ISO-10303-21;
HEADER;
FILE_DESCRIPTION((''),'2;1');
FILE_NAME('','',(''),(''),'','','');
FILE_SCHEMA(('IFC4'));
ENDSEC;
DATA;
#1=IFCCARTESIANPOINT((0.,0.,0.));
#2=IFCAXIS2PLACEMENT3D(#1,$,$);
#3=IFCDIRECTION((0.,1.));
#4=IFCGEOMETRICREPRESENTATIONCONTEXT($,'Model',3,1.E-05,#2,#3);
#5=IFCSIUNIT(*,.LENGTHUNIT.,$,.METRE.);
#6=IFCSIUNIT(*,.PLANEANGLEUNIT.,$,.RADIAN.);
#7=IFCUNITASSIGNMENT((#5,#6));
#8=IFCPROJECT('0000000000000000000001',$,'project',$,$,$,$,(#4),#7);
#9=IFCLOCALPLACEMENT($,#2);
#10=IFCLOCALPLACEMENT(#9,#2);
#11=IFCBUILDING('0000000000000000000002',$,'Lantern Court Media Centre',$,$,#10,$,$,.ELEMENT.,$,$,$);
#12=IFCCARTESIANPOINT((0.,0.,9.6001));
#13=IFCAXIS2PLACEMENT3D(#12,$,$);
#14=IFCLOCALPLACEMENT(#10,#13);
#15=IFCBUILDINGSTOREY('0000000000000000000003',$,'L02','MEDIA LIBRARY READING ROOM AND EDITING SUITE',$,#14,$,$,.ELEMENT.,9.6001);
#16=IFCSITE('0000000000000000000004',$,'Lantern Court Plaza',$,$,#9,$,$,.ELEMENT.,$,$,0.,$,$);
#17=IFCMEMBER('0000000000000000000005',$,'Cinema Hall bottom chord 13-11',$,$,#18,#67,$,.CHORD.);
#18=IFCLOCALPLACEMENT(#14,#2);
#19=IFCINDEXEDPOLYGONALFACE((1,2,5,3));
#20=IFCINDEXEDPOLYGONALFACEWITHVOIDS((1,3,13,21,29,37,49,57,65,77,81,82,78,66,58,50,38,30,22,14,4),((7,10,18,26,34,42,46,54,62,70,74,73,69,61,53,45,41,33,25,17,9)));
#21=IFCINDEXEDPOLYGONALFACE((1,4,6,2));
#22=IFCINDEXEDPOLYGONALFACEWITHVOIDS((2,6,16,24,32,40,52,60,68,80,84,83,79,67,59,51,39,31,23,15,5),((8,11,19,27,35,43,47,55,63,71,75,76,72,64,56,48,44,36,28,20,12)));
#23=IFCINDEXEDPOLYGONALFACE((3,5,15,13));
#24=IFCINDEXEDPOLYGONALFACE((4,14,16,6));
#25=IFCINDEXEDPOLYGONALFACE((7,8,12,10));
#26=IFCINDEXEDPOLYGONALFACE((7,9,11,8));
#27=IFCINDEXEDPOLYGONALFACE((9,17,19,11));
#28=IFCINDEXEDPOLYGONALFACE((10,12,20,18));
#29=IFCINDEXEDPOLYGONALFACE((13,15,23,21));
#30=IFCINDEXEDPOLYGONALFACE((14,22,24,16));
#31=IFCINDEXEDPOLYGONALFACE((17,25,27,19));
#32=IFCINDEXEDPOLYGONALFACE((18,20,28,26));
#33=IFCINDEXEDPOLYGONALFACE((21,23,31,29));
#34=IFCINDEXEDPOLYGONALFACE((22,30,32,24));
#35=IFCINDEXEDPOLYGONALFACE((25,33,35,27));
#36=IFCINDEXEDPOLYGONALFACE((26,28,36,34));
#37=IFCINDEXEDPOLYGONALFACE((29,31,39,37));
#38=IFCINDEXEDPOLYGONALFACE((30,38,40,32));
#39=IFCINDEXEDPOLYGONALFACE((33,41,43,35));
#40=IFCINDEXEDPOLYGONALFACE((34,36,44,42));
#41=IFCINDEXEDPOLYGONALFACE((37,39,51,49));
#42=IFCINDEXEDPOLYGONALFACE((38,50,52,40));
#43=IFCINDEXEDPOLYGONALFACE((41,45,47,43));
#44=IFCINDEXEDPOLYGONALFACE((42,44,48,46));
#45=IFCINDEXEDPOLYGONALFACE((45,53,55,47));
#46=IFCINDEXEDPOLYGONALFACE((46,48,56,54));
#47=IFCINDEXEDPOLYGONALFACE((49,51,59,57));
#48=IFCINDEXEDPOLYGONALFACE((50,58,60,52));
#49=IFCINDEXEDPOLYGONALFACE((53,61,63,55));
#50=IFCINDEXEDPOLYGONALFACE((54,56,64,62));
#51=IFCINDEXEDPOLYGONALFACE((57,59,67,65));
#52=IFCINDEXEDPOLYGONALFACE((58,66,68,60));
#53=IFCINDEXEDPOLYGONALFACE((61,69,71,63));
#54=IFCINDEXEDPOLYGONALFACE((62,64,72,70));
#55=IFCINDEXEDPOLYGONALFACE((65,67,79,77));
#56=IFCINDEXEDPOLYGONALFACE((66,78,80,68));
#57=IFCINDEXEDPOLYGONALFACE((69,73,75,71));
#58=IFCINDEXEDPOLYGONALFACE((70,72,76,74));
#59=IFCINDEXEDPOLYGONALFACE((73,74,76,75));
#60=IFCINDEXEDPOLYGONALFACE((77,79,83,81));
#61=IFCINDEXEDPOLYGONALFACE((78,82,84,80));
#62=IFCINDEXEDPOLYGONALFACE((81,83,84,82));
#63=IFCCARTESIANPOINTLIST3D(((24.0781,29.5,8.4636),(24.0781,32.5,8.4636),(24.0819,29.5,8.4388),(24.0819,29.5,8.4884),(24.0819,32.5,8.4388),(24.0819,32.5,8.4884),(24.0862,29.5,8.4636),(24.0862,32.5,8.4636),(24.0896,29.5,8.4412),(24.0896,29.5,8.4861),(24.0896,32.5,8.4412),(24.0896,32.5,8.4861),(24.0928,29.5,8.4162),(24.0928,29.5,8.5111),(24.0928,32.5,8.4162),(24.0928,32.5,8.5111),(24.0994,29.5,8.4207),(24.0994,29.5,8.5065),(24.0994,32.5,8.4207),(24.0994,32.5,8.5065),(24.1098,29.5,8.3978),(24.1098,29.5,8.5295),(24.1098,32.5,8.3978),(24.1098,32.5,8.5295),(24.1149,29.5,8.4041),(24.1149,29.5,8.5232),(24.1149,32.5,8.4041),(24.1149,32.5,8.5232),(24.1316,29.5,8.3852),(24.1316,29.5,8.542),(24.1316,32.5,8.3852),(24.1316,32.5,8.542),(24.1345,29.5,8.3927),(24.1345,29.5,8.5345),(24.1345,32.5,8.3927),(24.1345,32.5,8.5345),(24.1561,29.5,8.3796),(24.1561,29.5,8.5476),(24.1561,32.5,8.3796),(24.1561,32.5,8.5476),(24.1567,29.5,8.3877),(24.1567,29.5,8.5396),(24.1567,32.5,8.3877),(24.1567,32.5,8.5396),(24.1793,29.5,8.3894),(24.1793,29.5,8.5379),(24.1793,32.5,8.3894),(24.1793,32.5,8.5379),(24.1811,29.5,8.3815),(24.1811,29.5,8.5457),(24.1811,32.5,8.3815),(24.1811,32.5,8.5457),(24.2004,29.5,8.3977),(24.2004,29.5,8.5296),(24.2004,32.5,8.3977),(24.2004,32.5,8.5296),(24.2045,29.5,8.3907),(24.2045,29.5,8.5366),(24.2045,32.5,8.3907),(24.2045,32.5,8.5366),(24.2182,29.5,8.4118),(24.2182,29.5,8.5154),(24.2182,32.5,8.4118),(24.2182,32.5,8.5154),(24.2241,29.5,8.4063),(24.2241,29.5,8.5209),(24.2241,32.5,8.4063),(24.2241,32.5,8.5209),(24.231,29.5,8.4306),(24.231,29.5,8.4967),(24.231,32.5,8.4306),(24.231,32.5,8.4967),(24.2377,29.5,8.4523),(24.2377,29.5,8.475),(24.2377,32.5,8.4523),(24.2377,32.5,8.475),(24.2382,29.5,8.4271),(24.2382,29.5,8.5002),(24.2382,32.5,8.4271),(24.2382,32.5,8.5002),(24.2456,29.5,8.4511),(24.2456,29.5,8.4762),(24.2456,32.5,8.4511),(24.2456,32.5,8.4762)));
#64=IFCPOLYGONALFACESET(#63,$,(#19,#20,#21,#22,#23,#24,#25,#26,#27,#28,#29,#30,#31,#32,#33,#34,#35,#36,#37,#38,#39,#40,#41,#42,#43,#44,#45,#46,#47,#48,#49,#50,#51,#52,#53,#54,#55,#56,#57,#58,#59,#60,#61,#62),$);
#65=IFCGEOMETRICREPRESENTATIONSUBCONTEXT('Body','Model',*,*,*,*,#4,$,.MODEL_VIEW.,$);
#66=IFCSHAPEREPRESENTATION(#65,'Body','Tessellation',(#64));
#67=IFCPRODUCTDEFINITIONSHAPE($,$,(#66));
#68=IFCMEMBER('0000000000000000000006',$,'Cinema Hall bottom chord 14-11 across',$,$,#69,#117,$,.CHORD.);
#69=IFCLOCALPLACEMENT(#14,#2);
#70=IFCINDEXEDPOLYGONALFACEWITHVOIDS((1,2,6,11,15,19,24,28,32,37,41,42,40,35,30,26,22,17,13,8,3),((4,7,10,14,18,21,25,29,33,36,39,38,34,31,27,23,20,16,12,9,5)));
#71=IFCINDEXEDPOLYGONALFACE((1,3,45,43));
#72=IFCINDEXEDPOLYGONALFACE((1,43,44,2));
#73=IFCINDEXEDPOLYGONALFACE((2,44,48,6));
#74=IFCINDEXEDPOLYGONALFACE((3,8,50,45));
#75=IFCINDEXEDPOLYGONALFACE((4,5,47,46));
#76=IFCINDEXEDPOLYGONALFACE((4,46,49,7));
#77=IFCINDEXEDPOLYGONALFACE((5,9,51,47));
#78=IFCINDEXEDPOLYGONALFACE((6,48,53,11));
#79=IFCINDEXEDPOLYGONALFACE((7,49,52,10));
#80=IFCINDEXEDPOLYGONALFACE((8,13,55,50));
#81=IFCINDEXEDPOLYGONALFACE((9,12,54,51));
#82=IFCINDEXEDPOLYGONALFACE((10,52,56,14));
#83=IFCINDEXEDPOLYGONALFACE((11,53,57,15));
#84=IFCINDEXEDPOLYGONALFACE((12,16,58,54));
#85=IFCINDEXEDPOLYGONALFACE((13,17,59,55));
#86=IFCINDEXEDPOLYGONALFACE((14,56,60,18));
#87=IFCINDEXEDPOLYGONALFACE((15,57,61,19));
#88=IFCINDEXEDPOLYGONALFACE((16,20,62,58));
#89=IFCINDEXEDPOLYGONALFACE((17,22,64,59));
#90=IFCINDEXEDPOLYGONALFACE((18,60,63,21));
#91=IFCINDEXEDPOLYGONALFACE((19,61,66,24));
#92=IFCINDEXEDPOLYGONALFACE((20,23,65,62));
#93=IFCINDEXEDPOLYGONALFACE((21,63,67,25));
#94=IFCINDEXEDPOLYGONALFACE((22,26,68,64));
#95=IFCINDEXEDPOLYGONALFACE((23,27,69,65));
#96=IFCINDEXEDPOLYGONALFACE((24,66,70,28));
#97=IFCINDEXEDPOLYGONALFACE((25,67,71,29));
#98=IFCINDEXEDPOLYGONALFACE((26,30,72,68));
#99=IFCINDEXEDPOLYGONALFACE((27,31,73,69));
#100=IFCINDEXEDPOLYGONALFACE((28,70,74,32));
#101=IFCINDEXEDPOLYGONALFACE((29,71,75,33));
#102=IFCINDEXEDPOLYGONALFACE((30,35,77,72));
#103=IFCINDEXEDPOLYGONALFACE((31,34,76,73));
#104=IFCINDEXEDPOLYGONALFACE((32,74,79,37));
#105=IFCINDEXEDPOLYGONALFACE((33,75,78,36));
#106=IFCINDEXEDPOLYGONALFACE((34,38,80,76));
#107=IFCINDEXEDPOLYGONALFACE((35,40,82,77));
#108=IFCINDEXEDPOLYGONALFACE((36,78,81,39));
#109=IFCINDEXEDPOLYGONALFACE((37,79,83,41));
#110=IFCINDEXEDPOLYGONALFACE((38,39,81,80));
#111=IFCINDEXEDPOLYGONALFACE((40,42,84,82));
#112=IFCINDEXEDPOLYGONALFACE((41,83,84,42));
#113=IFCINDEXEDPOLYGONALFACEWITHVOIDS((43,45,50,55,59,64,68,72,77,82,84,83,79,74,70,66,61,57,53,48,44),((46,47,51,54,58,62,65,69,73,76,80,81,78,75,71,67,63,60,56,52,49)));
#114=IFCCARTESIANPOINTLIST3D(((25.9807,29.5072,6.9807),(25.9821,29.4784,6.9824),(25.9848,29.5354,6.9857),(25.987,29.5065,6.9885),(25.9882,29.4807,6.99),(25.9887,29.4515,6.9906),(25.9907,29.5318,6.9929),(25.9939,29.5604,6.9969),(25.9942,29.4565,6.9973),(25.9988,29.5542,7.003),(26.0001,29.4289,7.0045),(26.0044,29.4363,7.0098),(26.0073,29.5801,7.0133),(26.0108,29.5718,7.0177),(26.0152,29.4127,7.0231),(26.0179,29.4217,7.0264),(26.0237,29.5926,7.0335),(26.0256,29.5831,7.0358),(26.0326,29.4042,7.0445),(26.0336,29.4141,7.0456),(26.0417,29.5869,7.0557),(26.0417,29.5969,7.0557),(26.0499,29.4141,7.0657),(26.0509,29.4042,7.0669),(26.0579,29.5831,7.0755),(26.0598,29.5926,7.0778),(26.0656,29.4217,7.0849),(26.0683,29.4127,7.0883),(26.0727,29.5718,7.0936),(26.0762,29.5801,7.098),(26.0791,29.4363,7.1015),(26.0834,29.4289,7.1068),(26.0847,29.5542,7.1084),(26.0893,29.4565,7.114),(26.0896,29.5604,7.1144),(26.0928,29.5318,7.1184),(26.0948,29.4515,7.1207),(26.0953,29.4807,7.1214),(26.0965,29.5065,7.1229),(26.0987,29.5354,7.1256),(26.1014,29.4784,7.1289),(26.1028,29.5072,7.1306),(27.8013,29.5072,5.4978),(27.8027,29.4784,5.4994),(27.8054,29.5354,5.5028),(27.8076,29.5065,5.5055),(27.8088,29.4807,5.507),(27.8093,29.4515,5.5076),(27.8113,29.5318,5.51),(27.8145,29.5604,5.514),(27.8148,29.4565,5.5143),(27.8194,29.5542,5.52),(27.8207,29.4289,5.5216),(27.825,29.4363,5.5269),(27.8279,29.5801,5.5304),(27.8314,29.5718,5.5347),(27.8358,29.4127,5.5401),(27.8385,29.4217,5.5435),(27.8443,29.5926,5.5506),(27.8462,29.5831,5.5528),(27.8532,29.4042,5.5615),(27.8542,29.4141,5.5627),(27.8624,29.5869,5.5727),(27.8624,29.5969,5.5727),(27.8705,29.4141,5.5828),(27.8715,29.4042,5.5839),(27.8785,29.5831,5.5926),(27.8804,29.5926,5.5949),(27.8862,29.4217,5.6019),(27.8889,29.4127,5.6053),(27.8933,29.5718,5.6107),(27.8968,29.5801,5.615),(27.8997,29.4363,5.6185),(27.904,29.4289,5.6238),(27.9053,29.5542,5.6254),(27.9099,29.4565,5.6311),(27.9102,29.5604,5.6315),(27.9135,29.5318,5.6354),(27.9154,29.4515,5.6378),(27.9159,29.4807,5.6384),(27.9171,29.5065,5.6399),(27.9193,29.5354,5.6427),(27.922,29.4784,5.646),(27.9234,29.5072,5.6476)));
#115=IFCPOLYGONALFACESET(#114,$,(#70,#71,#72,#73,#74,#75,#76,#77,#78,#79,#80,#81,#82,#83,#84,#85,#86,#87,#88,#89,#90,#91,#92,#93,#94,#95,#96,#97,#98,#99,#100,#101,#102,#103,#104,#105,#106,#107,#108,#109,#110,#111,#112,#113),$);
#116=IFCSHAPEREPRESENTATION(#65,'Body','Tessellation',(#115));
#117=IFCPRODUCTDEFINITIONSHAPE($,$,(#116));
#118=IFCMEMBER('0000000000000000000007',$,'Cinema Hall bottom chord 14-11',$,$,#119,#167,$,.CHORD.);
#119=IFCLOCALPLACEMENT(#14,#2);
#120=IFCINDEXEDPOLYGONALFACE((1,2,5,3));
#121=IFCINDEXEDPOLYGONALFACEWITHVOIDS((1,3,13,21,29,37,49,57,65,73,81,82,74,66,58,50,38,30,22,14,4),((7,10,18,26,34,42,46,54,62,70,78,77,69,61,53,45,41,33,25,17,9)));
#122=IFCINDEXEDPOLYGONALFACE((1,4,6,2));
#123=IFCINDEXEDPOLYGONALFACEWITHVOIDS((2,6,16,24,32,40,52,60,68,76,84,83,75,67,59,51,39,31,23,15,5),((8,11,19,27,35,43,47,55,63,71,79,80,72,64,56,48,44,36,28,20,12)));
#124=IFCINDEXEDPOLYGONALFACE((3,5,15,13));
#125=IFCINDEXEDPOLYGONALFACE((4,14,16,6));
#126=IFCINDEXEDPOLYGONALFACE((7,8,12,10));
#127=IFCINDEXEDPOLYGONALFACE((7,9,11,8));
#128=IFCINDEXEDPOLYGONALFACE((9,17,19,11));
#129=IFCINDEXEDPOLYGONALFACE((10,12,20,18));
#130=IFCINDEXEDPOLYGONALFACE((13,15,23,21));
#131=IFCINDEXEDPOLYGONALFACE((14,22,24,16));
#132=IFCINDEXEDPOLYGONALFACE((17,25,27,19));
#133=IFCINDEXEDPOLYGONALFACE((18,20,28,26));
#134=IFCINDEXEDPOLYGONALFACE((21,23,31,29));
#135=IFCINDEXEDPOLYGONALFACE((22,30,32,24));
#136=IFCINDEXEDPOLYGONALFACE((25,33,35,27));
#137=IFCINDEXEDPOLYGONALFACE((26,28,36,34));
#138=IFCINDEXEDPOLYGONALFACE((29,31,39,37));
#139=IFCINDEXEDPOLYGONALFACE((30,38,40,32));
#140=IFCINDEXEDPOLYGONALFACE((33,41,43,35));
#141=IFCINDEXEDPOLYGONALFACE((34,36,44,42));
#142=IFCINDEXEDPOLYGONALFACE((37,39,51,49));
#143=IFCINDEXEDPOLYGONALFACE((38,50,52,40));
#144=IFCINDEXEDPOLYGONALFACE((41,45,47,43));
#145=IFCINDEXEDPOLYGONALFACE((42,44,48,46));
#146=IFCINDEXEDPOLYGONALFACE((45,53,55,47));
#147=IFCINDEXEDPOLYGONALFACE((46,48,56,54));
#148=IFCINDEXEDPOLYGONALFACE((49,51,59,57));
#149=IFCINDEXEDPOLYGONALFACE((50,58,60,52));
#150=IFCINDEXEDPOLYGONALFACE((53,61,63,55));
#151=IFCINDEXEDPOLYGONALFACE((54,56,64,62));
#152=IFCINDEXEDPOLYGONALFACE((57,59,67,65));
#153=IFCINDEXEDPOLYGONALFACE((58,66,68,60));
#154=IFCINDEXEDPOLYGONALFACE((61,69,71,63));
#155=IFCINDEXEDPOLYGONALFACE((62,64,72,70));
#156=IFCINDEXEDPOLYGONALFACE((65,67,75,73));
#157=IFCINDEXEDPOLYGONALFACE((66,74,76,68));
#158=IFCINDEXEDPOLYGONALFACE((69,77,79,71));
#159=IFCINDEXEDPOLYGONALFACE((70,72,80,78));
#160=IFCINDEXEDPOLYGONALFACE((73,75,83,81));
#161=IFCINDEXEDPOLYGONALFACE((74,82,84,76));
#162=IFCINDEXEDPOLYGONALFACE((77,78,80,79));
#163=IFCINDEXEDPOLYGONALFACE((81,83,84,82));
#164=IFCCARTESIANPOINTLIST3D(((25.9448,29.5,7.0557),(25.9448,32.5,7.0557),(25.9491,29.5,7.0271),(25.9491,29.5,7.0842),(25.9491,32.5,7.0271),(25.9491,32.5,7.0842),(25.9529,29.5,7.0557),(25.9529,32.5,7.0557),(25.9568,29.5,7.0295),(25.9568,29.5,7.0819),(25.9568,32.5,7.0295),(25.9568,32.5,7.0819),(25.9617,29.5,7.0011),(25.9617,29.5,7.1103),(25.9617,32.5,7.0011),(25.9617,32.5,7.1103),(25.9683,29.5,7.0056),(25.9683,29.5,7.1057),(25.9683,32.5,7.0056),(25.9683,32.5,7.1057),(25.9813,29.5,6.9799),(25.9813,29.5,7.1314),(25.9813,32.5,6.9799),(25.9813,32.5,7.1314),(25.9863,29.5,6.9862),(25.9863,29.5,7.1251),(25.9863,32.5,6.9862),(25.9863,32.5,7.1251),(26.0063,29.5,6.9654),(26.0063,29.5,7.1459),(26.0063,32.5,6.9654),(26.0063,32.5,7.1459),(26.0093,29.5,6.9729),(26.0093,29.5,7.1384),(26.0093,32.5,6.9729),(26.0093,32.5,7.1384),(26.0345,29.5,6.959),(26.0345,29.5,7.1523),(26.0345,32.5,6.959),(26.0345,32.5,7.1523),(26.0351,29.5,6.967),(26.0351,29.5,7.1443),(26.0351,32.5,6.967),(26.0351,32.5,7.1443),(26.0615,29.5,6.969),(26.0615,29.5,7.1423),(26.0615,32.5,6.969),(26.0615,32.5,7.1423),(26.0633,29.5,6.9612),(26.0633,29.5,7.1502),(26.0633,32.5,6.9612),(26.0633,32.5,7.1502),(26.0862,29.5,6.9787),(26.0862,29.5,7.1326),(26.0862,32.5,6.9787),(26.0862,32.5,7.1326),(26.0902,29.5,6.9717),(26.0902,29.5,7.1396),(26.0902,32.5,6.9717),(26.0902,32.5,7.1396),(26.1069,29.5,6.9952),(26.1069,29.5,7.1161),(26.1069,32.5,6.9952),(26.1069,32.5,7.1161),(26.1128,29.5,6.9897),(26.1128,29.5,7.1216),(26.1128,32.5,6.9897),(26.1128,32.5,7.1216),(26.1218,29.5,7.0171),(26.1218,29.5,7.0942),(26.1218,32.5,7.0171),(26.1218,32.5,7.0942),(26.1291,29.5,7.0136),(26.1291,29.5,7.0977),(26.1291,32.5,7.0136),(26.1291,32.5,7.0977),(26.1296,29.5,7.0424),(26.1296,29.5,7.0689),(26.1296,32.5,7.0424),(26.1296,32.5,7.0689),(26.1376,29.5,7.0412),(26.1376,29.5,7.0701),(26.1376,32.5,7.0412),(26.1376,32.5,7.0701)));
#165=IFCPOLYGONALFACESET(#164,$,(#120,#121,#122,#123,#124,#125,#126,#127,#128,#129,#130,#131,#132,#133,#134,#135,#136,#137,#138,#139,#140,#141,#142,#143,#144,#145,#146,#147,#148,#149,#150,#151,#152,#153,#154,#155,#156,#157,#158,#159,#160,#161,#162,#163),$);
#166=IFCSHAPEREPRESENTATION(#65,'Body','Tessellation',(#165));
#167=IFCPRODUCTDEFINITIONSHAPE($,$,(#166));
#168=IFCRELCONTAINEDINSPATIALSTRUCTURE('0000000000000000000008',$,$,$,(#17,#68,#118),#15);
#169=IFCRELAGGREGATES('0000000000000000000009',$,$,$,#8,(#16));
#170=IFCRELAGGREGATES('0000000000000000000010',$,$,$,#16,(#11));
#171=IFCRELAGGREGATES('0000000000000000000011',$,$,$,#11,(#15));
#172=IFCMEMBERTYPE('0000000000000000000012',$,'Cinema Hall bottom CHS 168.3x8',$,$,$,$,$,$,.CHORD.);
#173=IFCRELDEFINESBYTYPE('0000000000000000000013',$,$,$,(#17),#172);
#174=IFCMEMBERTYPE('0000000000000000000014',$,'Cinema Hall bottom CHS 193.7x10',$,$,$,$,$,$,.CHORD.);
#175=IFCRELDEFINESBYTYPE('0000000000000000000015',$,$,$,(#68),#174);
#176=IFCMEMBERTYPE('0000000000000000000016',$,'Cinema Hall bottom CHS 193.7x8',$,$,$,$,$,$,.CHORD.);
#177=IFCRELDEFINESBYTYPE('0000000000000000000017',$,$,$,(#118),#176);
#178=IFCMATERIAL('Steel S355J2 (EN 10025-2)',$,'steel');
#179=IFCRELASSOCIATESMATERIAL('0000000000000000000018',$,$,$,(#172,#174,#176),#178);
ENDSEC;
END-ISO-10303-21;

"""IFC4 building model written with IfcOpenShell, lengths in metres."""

from ifc_helpers import new_model, si_unit, direction, frame, origin, origin_2d, place, context, subcontext, project, spatial, hollow_circle, extrude, material, material_profile, profile_set, type_object, element, save


model = new_model("IFC4")

# Units and contexts
model_context = context("Model", 3, precision=1e-05, world=origin(), true_north=direction((0.0, 1.0)))
body_context = subcontext(model_context, "Body", "Model", "MODEL_VIEW")
ifc_project = project(units=[si_unit("LENGTHUNIT", "METRE"), si_unit("PLANEANGLEUNIT", "RADIAN")], contexts=[model_context])

# Site, building, storey
site_placement = place(None, origin())
site = spatial("IfcSite", under=ifc_project, at=site_placement, Name="Lantern Court Plaza", CompositionType="ELEMENT", RefElevation=0.0)
building_placement = place(site_placement, origin())
building = spatial("IfcBuilding", under=site, at=building_placement, Name="Lantern Court Media Centre", CompositionType="ELEMENT")
storey_placement = place(building_placement, frame((0.0, 0.0, 9.6001)))
storey = spatial("IfcBuildingStorey", under=building, at=storey_placement, Name="L02", Description="MEDIA LIBRARY READING ROOM AND EDITING SUITE", CompositionType="ELEMENT", Elevation=9.6001)

# Members
ifc_material = material(Name="Steel S355J2 (EN 10025-2)", Category="steel")
ifc_material_profile_1 = material_profile(ifc_material, hollow_circle(Radius=0.0842, WallThickness=0.0081, at=origin_2d()), Name="Cinema Hall bottom CHS 168.3x8")
ifc_profile_set_1 = profile_set([ifc_material_profile_1], Name="Steel S355J2 (EN 10025-2)")
member_type_1 = type_object("IfcMemberType", Name="Cinema Hall bottom CHS 168.3x8", PredefinedType="CHORD", material=ifc_profile_set_1)
member_1_placement = place(storey_placement, frame((24.1624, 29.5, 8.4636), z_axis=(0.0, 1.0, 0.0), x_axis=(-1.0, 0.0, 0.0)))
element("IfcMember", 1, at=member_1_placement, inside=storey, type_object=member_type_1, Name="Cinema Hall bottom chord 13-11", PredefinedType="CHORD", context=body_context, shape_type="SweptSolid", body=[
    extrude(hollow_circle(Radius=0.0842, WallThickness=0.0081, at=origin_2d()), origin(), (0.0, 0.0, 1.0), 3.0),
])
ifc_material_profile_2 = material_profile(ifc_material, hollow_circle(Radius=0.0969, WallThickness=0.01, at=origin_2d()), Name="Cinema Hall bottom CHS 193.7x10")
ifc_profile_set_2 = profile_set([ifc_material_profile_2], Name="Steel S355J2 (EN 10025-2)")
member_type_2 = type_object("IfcMemberType", Name="Cinema Hall bottom CHS 193.7x10", PredefinedType="CHORD", material=ifc_profile_set_2)
member_2_placement = place(storey_placement, frame((26.0417, 29.5, 7.0557), z_axis=(0.775341, 0.0, -0.631543), x_axis=(0.0, 1.0, 0.0)))
element("IfcMember", 2, at=member_2_placement, inside=storey, type_object=member_type_2, Name="Cinema Hall bottom chord 14-11 across", PredefinedType="CHORD", context=body_context, shape_type="SweptSolid", body=[
    extrude(hollow_circle(Radius=0.0969, WallThickness=0.01, at=origin_2d()), origin(), (0.0, 0.0, 1.0), 2.3481),
])
ifc_material_profile_3 = material_profile(ifc_material, hollow_circle(Radius=0.0969, WallThickness=0.0081, at=origin_2d()), Name="Cinema Hall bottom CHS 193.7x8")
ifc_profile_set_3 = profile_set([ifc_material_profile_3], Name="Steel S355J2 (EN 10025-2)")
member_type_3 = type_object("IfcMemberType", Name="Cinema Hall bottom CHS 193.7x8", PredefinedType="CHORD", material=ifc_profile_set_3)
member_3_placement = place(storey_placement, frame((26.0417, 29.5, 7.0557), z_axis=(0.0, 1.0, 0.0), x_axis=(-1.0, 0.0, 0.0)))
element("IfcMember", 3, at=member_3_placement, inside=storey, type_object=member_type_3, Name="Cinema Hall bottom chord 14-11", PredefinedType="CHORD", context=body_context, shape_type="SweptSolid", body=[
    extrude(hollow_circle(Radius=0.0969, WallThickness=0.0081, at=origin_2d()), origin(), (0.0, 0.0, 1.0), 3.0),
])

save(model, "model.ifc")
